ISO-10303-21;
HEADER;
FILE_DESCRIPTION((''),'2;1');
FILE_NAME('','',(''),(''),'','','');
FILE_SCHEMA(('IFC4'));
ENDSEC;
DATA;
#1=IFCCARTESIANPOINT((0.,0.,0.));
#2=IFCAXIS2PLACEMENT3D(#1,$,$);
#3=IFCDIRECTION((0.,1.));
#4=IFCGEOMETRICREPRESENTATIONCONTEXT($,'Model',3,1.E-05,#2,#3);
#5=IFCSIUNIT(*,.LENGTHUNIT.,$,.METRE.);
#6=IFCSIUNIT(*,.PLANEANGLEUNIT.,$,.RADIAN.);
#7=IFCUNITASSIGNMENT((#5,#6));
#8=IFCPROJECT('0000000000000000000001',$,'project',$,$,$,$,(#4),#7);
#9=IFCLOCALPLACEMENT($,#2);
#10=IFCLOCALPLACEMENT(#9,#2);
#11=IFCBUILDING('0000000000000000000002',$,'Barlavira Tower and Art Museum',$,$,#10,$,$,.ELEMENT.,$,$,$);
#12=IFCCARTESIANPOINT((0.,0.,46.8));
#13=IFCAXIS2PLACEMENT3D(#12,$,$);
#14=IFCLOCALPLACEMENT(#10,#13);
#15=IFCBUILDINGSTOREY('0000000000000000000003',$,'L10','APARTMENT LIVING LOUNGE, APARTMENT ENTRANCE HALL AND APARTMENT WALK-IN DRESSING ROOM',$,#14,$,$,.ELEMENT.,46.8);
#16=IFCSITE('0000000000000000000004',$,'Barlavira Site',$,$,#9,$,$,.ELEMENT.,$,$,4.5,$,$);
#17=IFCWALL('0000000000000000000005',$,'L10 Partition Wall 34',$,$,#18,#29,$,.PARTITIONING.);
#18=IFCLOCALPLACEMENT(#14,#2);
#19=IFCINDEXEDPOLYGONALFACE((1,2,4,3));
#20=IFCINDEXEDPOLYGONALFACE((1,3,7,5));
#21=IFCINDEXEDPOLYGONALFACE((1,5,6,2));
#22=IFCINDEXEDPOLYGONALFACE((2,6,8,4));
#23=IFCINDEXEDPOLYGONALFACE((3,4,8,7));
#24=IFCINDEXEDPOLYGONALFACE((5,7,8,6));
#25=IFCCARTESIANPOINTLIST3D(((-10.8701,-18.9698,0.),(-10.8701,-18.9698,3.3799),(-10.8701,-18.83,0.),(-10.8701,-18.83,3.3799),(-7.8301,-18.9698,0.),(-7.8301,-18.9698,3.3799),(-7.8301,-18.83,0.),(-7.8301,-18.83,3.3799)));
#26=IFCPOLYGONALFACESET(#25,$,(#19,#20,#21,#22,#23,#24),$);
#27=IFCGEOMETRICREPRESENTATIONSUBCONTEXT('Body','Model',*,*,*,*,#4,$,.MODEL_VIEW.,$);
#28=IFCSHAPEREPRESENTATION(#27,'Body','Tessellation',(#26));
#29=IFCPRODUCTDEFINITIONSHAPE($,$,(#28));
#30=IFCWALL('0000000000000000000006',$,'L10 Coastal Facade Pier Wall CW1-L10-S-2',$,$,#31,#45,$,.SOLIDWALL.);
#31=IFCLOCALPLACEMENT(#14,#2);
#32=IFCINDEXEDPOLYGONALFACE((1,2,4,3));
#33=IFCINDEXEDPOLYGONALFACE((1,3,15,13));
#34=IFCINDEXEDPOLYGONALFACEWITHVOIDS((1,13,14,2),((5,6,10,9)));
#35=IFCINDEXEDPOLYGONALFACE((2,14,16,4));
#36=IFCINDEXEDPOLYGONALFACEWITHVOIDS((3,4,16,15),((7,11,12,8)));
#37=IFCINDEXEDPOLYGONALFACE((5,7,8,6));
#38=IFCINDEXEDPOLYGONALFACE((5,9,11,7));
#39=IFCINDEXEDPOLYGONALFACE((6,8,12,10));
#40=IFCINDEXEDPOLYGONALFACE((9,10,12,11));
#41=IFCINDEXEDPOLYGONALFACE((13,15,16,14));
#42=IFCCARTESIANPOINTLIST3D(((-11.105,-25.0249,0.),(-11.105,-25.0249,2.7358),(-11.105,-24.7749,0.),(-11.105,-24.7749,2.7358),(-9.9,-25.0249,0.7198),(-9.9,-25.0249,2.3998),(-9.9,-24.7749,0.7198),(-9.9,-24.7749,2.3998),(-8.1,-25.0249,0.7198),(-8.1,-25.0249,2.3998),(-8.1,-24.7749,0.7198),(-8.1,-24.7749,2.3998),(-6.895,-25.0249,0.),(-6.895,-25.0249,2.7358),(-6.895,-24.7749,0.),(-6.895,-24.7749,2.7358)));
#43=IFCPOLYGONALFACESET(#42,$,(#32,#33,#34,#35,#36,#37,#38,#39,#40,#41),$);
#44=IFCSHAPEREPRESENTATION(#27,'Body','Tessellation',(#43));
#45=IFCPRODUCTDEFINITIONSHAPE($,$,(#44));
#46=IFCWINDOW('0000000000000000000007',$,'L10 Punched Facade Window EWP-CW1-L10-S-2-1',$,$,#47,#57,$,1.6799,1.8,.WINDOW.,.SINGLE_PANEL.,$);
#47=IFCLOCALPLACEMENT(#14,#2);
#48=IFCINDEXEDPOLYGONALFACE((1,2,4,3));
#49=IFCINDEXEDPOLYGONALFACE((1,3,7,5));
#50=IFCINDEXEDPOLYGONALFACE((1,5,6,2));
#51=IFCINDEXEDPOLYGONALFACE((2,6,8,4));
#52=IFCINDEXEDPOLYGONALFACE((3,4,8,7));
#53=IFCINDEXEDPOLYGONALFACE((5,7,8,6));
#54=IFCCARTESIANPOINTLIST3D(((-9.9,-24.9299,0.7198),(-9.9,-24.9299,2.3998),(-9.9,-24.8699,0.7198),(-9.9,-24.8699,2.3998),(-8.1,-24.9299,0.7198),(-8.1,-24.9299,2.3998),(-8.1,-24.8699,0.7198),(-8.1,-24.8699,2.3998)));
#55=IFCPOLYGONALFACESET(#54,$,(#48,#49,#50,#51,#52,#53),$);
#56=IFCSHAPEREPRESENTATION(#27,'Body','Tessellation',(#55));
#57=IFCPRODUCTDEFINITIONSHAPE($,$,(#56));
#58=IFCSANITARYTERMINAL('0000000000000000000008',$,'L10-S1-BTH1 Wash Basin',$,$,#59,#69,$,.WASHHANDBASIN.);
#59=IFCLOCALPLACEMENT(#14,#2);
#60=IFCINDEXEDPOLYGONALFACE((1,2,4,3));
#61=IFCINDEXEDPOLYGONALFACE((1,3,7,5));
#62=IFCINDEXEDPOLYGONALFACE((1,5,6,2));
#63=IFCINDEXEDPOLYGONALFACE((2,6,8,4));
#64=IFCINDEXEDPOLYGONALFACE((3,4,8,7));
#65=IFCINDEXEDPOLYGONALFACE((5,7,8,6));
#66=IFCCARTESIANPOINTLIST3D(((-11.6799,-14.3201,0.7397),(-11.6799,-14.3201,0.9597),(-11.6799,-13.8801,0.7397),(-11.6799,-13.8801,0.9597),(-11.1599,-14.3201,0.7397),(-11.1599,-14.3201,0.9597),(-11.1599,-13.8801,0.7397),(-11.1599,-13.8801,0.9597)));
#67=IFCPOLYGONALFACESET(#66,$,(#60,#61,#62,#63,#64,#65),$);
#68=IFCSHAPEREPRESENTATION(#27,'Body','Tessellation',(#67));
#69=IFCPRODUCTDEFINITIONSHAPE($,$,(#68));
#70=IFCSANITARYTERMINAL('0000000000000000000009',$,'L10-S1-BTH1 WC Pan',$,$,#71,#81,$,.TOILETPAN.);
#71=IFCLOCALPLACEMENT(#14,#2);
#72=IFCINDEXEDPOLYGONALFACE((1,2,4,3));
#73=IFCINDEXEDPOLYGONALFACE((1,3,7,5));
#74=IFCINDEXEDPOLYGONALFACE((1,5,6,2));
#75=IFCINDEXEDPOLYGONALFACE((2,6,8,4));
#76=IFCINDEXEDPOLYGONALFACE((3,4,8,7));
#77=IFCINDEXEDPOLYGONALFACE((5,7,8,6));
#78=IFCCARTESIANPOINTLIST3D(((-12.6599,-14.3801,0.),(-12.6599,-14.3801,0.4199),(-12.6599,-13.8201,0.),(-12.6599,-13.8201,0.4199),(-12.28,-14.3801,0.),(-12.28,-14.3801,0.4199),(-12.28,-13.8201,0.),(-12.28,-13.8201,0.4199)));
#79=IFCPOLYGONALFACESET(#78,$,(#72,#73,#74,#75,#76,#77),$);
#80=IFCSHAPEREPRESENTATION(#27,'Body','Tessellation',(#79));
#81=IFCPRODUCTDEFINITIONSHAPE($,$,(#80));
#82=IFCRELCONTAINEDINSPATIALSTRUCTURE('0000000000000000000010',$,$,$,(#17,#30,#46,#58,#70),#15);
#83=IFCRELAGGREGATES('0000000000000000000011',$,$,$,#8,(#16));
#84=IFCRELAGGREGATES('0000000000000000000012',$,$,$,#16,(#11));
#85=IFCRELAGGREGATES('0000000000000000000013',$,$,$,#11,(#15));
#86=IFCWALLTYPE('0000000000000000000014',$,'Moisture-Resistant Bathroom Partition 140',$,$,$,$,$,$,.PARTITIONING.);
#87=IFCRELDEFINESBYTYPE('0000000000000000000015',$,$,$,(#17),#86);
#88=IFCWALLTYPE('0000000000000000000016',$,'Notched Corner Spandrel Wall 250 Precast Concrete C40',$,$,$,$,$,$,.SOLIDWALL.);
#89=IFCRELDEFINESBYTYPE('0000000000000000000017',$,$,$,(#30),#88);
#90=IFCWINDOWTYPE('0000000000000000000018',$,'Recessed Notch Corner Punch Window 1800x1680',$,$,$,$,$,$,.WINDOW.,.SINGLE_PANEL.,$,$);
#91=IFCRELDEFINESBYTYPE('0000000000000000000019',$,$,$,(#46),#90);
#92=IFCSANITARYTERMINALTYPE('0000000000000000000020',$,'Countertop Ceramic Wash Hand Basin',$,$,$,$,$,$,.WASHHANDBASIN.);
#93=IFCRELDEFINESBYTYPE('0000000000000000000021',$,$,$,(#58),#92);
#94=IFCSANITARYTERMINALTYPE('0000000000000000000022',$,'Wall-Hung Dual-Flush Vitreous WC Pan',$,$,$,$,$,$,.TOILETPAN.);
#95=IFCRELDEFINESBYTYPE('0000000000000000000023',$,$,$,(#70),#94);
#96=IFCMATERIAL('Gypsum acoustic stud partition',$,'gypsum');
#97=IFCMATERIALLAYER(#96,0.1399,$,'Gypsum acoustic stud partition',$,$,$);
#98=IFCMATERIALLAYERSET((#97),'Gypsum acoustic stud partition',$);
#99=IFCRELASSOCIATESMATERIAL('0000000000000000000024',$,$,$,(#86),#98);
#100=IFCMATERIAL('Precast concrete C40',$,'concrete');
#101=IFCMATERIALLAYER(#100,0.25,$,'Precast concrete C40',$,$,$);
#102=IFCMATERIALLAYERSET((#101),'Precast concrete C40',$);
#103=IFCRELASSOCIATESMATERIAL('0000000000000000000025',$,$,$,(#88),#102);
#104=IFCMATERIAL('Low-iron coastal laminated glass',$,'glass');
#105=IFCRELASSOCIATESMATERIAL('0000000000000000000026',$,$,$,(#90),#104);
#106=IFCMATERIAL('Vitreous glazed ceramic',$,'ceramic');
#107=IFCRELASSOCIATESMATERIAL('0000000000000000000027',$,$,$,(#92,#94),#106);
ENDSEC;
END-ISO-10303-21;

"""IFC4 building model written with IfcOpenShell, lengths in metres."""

from ifc_helpers import new_model, si_unit, direction, frame, frame_2d, origin, origin_2d, place, context, subcontext, project, spatial, rectangle, extrude, material, layer, layer_set, type_object, element, fill, save


model = new_model("IFC4")

# Units and contexts
model_context = context("Model", 3, precision=1e-05, world=origin(), true_north=direction((0.0, 1.0)))
body_context = subcontext(model_context, "Body", "Model", "MODEL_VIEW")
ifc_project = project(units=[si_unit("LENGTHUNIT", "METRE"), si_unit("PLANEANGLEUNIT", "RADIAN")], contexts=[model_context])

# Site, building, storey
site_placement = place(None, origin())
site = spatial("IfcSite", under=ifc_project, at=site_placement, Name="Barlavira Site", CompositionType="ELEMENT", RefElevation=4.5)
building_placement = place(site_placement, origin())
building = spatial("IfcBuilding", under=site, at=building_placement, Name="Barlavira Tower and Art Museum", CompositionType="ELEMENT")
storey_placement = place(building_placement, frame((0.0, 0.0, 46.8)))
storey = spatial("IfcBuildingStorey", under=building, at=storey_placement, Name="L10", Description="APARTMENT LIVING LOUNGE, APARTMENT ENTRANCE HALL AND APARTMENT WALK-IN DRESSING ROOM", CompositionType="ELEMENT", Elevation=46.8)

# Shared definitions
ifc_material_1 = material(Name="Gypsum acoustic stud partition", Category="gypsum")
ifc_layer_1 = layer(ifc_material_1, 0.1399, Name="Gypsum acoustic stud partition")
ifc_layer_set_1 = layer_set([ifc_layer_1], Name="Gypsum acoustic stud partition")
wall_type_1 = type_object("IfcWallType", Name="Moisture-Resistant Bathroom Partition 140", PredefinedType="PARTITIONING", material=ifc_layer_set_1)

# Wall
wall_1_placement = place(storey_placement, frame((-10.8701, -18.8999, 0.0), z_axis=(0.0, 0.0, 1.0), x_axis=(1.0, 0.0, 0.0)))
element("IfcWall", 1, at=wall_1_placement, inside=storey, type_object=wall_type_1, Name="L10 Partition Wall 34", PredefinedType="PARTITIONING", context=body_context, shape_type="SweptSolid", body=[
    extrude(rectangle(XDim=3.04, YDim=0.1399, at=frame_2d((1.52, 0.0))), origin(), (0.0, 0.0, 1.0), 3.3799),
])

# Wall, opening, window
ifc_material_2 = material(Name="Precast concrete C40", Category="concrete")
ifc_layer_2 = layer(ifc_material_2, 0.25, Name="Precast concrete C40")
ifc_layer_set_2 = layer_set([ifc_layer_2], Name="Precast concrete C40")
wall_type_2 = type_object("IfcWallType", Name="Notched Corner Spandrel Wall 250 Precast Concrete C40", PredefinedType="SOLIDWALL", material=ifc_layer_set_2)
wall_2_placement = place(storey_placement, frame((-11.105, -24.8999, 0.0), z_axis=(0.0, 0.0, 1.0), x_axis=(1.0, 0.0, 0.0)))
wall_2 = element("IfcWall", 2, at=wall_2_placement, inside=storey, type_object=wall_type_2, Name="L10 Coastal Facade Pier Wall CW1-L10-S-2", PredefinedType="SOLIDWALL", context=body_context, shape_type="SweptSolid", body=[
    extrude(rectangle(XDim=4.21, YDim=0.25, at=frame_2d((2.105, 0.0))), origin(), (0.0, 0.0, 1.0), 2.7358),
])
opening_1_placement = place(wall_2_placement, frame((1.2051, 0.0, 0.72)))
opening_1 = element("IfcOpeningElement", 3, at=opening_1_placement, cuts=wall_2, PredefinedType="OPENING", context=body_context, shape_type="SweptSolid", body=[
    extrude(rectangle(XDim=1.8, YDim=1.6799, at=frame_2d((0.8999, 0.8398))), frame((0.0, 0.135, 0.0), z_axis=(0.0, -1.0, 0.0), x_axis=(1.0, 0.0, 0.0)), (0.0, 0.0, 1.0), 0.27),
])
ifc_material_3 = material(Name="Low-iron coastal laminated glass", Category="glass")
window_type = type_object("IfcWindowType", Name="Recessed Notch Corner Punch Window 1800x1680", PartitioningType="SINGLE_PANEL", PredefinedType="WINDOW", material=ifc_material_3)
window_placement = place(opening_1_placement, origin())
window = element("IfcWindow", 4, at=window_placement, inside=storey, type_object=window_type, Name="L10 Punched Facade Window EWP-CW1-L10-S-2-1", OverallHeight=1.6799, OverallWidth=1.8, PartitioningType="SINGLE_PANEL", PredefinedType="WINDOW", context=body_context, shape_type="SweptSolid", body=[
    extrude(rectangle(XDim=1.8, YDim=1.6799, at=frame_2d((0.8999, 0.8398))), frame((0.0, 0.03, 0.0), z_axis=(0.0, -1.0, 0.0), x_axis=(1.0, 0.0, 0.0)), (0.0, 0.0, 1.0), 0.0601),
])
fill(opening_1, window)

# Sanitary terminals
ifc_material_4 = material(Name="Vitreous glazed ceramic", Category="ceramic")
sanitary_terminal_type_1 = type_object("IfcSanitaryTerminalType", Name="Countertop Ceramic Wash Hand Basin", PredefinedType="WASHHANDBASIN", material=ifc_material_4)
sanitary_terminal_1_placement = place(storey_placement, frame((-11.4199, -14.1001, 0.7397), z_axis=(0.0, 0.0, 1.0), x_axis=(1.0, 0.0, 0.0)))
element("IfcSanitaryTerminal", 5, at=sanitary_terminal_1_placement, inside=storey, type_object=sanitary_terminal_type_1, Name="L10-S1-BTH1 Wash Basin", PredefinedType="WASHHANDBASIN", context=body_context, shape_type="SweptSolid", body=[
    extrude(rectangle(XDim=0.52, YDim=0.4399, at=origin_2d()), origin(), (0.0, 0.0, 1.0), 0.22),
])
sanitary_terminal_type_2 = type_object("IfcSanitaryTerminalType", Name="Wall-Hung Dual-Flush Vitreous WC Pan", PredefinedType="TOILETPAN", material=ifc_material_4)
sanitary_terminal_2_placement = place(storey_placement, frame((-12.47, -14.1001, 0.0), z_axis=(0.0, 0.0, 1.0), x_axis=(1.0, 0.0, 0.0)))
element("IfcSanitaryTerminal", 6, at=sanitary_terminal_2_placement, inside=storey, type_object=sanitary_terminal_type_2, Name="L10-S1-BTH1 WC Pan", PredefinedType="TOILETPAN", context=body_context, shape_type="SweptSolid", body=[
    extrude(rectangle(XDim=0.3799, YDim=0.5601, at=origin_2d()), origin(), (0.0, 0.0, 1.0), 0.4199),
])

save(model, "model.ifc")
